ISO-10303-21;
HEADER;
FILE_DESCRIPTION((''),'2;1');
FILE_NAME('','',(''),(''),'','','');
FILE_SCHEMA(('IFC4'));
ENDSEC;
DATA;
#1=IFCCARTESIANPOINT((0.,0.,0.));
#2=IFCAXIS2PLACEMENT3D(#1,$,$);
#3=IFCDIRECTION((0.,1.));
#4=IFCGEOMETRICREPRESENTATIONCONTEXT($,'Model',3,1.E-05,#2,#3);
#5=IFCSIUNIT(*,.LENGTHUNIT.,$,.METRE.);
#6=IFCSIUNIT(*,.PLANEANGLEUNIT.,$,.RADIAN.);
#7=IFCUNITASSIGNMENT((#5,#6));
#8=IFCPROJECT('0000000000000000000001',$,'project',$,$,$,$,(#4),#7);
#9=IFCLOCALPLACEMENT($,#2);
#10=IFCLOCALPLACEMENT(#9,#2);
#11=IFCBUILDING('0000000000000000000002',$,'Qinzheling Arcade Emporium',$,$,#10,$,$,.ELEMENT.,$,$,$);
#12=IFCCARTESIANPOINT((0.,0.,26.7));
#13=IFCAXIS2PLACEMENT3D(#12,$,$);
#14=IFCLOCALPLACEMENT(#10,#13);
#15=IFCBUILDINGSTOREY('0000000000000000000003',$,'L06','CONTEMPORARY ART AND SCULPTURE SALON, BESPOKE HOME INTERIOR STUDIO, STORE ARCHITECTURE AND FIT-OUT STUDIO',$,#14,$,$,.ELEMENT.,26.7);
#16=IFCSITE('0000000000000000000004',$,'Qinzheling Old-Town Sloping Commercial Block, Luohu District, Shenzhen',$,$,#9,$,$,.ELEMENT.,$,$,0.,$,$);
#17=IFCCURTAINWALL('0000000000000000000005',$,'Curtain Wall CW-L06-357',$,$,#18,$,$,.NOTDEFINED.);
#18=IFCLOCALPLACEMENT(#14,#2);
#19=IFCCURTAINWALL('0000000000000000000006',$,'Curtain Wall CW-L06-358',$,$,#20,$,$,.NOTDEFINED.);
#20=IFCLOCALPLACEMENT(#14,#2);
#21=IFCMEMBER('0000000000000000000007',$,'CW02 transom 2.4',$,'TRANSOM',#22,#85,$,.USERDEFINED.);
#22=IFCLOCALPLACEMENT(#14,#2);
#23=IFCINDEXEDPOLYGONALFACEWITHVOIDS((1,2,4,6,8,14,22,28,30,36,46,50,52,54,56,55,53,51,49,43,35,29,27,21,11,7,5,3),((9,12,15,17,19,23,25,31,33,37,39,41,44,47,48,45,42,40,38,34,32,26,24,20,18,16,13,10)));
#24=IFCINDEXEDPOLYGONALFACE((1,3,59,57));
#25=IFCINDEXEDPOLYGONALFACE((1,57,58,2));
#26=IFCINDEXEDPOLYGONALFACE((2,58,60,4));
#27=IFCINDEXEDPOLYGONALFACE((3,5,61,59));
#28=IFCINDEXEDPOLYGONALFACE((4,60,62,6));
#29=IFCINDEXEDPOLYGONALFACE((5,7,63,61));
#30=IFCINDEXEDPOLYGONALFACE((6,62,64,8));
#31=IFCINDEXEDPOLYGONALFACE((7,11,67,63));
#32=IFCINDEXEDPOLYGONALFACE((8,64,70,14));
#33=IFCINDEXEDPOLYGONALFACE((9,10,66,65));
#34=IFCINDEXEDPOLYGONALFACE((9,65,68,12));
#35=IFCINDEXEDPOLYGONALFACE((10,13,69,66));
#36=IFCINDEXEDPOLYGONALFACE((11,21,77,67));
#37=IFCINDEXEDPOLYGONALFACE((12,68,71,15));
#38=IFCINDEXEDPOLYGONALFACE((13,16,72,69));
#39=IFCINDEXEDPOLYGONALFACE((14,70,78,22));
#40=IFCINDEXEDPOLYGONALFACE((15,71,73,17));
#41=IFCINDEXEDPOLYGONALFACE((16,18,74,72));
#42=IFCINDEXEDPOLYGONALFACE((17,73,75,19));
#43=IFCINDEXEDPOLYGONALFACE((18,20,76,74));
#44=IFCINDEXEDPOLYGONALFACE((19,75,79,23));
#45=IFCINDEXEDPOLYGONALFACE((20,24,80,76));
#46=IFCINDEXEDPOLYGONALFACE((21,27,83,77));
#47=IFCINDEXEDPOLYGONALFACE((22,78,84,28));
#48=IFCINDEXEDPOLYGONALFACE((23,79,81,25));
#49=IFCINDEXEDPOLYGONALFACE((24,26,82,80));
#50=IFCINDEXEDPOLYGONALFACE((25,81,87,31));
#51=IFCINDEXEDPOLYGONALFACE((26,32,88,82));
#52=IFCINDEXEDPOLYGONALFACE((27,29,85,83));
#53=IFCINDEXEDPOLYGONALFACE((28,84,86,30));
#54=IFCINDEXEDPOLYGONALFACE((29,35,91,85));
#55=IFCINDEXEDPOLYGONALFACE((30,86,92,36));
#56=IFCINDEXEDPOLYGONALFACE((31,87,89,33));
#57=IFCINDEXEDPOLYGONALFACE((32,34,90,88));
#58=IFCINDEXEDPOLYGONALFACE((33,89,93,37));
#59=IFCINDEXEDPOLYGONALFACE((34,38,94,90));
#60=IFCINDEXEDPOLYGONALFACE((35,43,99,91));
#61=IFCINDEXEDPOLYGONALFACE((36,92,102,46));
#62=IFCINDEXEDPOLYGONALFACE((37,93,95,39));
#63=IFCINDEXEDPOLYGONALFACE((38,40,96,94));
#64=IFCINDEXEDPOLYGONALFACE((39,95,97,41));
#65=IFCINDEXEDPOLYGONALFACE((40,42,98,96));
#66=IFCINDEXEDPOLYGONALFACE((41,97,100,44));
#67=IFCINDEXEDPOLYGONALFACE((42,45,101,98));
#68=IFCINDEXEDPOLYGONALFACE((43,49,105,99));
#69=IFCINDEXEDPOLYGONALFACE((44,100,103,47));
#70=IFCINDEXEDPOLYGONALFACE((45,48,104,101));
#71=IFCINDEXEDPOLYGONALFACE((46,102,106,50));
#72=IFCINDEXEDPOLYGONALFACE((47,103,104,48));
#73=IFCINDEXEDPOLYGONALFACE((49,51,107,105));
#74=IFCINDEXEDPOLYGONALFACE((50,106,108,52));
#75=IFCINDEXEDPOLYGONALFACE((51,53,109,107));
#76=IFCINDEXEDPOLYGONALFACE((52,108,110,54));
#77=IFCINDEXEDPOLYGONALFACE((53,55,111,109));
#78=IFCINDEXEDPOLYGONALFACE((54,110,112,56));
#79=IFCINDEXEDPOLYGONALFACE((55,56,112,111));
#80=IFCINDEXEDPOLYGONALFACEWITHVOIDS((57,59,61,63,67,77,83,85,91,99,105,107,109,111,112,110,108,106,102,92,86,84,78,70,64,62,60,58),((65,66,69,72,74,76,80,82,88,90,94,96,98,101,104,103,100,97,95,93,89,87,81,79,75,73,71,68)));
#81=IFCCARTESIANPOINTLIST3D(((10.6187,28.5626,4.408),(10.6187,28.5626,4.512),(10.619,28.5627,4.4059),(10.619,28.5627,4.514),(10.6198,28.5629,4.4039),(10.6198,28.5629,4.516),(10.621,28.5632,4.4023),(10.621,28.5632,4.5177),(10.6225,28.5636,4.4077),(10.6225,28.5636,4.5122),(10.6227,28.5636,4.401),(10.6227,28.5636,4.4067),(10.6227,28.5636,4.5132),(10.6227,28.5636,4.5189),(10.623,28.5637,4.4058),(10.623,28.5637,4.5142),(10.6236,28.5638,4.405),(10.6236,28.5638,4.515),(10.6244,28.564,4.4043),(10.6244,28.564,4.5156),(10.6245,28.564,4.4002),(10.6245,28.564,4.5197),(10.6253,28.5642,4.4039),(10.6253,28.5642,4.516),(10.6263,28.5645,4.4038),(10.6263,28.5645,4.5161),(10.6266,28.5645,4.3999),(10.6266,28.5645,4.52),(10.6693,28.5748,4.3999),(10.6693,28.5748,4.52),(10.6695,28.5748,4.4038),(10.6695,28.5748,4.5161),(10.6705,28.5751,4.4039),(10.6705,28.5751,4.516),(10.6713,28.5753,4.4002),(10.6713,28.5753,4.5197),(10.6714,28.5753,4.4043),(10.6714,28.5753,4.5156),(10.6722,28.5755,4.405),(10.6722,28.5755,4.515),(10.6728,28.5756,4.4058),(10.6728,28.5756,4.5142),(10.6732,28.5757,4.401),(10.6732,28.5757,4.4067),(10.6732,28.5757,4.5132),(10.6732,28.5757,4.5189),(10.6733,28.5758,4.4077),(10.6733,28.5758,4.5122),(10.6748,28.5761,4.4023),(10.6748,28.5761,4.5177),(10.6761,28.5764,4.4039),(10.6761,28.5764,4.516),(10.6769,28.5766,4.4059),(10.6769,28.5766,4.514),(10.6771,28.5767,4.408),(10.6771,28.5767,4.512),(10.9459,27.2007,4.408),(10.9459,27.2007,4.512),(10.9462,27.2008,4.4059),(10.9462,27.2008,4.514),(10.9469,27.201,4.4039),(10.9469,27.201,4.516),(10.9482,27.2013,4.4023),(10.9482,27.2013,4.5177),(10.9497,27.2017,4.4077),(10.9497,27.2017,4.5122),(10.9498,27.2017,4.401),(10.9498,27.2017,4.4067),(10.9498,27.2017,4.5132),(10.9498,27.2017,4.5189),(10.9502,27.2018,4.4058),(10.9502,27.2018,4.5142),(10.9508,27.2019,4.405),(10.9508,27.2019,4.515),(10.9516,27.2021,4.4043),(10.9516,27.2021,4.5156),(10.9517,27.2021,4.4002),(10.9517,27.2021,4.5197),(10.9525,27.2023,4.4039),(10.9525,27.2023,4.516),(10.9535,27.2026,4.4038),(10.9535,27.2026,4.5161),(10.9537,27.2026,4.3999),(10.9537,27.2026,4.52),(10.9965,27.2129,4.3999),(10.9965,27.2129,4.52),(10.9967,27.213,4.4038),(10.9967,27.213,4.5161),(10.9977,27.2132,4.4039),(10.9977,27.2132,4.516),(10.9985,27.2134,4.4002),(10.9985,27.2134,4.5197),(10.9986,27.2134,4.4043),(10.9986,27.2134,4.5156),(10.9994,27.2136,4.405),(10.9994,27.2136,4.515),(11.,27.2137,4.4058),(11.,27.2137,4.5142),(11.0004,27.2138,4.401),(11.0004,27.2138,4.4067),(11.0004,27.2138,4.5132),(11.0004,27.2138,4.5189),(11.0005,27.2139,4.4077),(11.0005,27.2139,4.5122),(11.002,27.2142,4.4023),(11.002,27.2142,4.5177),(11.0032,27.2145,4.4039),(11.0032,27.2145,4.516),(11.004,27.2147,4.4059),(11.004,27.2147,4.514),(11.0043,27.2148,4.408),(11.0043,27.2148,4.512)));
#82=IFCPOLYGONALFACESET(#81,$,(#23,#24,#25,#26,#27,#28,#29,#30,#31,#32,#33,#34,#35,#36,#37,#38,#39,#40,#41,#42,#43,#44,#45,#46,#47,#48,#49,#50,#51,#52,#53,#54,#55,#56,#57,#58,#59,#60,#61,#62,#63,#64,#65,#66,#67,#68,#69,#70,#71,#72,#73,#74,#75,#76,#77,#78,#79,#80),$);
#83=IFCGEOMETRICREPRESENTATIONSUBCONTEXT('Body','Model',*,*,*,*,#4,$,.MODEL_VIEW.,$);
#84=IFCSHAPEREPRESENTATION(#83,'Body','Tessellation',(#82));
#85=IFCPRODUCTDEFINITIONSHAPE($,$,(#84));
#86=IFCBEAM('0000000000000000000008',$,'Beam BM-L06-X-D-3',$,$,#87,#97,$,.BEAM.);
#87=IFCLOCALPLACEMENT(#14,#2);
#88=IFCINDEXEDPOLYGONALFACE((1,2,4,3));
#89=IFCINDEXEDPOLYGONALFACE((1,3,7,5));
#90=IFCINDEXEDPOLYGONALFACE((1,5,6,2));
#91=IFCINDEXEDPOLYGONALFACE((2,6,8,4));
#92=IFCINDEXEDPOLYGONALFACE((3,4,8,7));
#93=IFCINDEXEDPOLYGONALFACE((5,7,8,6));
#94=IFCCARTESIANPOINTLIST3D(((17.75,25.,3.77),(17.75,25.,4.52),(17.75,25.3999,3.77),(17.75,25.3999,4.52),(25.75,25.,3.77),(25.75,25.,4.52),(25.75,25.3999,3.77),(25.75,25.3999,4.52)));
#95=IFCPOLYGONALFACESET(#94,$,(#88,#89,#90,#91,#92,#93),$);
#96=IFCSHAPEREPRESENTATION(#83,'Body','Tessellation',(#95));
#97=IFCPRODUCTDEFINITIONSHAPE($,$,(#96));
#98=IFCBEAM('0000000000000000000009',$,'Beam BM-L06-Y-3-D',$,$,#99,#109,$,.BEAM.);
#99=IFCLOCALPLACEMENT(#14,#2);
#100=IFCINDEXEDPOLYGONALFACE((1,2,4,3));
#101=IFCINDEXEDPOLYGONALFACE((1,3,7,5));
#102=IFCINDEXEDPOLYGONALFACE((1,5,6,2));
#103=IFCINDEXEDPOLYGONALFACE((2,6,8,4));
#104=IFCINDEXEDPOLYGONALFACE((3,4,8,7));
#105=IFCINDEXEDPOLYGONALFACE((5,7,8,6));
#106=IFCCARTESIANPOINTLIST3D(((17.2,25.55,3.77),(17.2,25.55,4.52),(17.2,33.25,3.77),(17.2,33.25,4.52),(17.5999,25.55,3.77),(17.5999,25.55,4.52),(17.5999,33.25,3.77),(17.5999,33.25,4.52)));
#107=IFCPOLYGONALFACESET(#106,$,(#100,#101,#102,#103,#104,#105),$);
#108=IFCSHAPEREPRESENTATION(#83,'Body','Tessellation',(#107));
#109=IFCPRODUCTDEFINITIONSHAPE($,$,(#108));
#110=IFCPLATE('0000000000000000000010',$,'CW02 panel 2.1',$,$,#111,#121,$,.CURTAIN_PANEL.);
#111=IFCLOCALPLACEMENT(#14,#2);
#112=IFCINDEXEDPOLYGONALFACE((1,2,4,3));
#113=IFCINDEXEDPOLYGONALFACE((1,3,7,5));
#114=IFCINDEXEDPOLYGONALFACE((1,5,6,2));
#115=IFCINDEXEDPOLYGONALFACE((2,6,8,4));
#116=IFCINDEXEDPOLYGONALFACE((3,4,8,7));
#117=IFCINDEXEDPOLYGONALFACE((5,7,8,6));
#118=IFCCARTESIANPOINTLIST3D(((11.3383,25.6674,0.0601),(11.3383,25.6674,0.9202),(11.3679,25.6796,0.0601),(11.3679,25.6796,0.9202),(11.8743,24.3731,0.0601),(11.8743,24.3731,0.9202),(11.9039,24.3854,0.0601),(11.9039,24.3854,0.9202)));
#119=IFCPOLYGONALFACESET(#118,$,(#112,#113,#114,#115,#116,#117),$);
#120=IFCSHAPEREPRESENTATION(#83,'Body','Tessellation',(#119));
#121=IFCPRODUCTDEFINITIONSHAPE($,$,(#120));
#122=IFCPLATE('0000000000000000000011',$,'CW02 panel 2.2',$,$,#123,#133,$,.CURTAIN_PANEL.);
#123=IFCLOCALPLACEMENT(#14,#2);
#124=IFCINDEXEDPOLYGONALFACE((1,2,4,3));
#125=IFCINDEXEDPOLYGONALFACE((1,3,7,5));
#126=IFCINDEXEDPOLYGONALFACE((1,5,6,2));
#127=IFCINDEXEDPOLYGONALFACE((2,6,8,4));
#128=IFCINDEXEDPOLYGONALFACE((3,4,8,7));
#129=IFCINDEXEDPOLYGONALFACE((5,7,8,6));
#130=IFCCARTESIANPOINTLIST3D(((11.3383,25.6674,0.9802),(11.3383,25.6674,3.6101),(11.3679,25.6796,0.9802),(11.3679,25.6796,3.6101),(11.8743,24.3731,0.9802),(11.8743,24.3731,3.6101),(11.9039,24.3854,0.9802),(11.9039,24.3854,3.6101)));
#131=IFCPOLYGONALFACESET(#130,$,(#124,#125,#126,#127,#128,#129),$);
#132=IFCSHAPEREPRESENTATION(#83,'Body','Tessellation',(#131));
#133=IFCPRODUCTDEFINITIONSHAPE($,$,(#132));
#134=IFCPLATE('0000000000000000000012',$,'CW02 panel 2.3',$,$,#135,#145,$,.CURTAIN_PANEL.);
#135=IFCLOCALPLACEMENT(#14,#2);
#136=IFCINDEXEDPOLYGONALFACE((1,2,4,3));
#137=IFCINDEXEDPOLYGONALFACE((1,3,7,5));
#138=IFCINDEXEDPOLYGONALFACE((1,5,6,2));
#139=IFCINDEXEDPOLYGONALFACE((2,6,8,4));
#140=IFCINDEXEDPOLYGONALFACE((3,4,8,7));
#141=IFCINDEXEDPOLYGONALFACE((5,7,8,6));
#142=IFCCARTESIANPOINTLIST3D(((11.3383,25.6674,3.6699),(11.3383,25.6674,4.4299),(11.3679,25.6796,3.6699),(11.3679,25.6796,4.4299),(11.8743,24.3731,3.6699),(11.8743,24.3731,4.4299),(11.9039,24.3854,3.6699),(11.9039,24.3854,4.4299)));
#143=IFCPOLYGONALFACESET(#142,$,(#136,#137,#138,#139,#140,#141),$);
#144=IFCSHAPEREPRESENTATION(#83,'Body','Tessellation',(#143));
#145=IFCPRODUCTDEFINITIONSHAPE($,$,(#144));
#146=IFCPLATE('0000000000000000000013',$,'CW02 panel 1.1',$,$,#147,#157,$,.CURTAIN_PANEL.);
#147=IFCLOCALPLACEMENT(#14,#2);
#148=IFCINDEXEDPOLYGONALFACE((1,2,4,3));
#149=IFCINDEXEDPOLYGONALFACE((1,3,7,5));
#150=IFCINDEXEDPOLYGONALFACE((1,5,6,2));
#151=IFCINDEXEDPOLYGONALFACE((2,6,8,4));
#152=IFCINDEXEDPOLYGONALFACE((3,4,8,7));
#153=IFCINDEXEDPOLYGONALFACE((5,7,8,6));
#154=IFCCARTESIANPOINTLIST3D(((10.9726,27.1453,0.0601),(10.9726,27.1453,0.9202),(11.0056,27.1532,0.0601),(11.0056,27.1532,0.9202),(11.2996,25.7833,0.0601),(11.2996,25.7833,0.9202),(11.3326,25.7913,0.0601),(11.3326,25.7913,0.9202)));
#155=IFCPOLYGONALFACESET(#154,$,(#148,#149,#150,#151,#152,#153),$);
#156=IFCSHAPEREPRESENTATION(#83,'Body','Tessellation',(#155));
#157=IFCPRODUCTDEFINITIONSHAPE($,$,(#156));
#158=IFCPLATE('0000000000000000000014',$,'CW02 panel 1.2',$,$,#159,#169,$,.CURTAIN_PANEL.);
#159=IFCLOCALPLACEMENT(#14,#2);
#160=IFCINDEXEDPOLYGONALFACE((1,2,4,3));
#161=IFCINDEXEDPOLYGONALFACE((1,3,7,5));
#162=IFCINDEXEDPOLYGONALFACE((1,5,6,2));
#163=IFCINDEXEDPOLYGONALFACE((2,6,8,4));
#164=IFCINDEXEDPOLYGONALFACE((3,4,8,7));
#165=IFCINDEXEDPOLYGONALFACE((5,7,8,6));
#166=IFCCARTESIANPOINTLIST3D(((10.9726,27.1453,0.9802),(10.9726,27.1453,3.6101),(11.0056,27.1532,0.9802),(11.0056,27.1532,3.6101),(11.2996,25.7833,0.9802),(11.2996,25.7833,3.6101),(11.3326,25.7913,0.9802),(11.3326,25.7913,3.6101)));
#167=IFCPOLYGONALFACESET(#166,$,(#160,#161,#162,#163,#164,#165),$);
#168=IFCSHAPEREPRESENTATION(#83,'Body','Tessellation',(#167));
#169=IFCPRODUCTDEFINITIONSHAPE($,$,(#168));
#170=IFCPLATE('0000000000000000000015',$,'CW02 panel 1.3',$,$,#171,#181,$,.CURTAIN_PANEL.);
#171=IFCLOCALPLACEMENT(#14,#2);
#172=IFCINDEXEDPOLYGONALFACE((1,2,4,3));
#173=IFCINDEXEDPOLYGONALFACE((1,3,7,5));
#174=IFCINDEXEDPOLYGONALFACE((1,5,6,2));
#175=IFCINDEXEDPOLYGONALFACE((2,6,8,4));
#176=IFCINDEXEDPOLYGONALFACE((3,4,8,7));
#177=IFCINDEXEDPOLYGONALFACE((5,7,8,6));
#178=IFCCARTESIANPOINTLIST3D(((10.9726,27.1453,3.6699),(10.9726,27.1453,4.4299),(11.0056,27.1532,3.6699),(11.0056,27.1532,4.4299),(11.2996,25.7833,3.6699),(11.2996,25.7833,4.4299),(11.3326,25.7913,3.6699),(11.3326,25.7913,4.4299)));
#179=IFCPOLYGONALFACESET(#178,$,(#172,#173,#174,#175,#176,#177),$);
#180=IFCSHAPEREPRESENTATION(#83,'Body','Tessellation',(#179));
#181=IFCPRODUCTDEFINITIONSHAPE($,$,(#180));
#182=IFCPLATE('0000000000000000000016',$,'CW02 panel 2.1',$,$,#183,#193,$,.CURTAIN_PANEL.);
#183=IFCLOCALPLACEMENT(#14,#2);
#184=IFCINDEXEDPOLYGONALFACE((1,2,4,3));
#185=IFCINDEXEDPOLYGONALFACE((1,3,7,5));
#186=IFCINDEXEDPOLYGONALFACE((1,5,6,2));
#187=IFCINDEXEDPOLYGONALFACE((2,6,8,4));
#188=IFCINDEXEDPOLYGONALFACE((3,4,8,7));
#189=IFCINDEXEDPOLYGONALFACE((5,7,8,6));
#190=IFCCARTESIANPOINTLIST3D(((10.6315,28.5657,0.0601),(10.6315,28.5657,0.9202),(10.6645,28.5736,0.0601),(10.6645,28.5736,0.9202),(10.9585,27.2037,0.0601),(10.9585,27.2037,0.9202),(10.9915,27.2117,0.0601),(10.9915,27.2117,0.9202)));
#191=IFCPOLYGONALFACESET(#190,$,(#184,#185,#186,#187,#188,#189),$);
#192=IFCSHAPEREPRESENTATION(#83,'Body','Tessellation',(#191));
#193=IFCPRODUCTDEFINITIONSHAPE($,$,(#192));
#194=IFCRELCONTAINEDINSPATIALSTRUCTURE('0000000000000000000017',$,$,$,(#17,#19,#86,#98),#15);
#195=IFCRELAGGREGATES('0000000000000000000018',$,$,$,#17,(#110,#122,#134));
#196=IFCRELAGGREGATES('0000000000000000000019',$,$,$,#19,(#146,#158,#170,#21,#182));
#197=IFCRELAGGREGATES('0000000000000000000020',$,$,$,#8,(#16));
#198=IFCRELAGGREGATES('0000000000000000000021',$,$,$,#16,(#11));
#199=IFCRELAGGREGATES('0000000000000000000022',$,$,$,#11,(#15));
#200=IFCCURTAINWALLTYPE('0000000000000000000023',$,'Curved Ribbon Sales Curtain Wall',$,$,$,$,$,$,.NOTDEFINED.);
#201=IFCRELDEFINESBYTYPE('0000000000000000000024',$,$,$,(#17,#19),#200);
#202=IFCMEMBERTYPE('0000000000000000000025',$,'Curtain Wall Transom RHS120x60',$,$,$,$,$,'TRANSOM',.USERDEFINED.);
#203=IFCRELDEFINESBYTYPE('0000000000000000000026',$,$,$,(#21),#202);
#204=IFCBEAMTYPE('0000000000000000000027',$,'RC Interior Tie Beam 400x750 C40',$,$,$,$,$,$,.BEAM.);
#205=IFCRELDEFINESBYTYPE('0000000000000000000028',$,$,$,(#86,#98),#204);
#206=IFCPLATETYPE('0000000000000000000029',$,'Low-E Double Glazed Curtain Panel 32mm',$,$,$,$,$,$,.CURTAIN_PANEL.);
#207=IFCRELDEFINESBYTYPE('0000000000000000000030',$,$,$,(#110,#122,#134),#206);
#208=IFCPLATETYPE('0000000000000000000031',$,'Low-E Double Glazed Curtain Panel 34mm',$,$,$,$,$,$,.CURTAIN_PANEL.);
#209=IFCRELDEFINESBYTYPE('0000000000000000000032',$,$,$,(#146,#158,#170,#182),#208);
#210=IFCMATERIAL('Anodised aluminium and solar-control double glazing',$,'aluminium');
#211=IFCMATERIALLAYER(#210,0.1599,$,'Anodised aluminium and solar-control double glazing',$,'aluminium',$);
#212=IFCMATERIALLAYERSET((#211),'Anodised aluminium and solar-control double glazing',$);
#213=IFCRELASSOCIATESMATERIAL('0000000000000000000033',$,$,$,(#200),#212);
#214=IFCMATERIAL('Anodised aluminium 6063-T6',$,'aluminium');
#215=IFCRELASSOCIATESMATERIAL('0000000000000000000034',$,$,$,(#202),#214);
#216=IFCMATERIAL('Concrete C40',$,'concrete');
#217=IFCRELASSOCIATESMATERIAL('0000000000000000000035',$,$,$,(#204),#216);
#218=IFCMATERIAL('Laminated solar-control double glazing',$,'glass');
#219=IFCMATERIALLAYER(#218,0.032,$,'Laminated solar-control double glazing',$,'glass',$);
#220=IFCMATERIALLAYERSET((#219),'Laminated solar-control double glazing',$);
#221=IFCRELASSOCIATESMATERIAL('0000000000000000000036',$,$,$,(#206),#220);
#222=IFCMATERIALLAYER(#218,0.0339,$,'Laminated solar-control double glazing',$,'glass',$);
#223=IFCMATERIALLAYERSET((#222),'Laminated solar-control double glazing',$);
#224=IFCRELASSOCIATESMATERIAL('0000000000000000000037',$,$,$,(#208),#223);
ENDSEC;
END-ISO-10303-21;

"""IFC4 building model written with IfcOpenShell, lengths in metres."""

from ifc_helpers import new_model, si_unit, direction, frame, origin, origin_2d, place, context, subcontext, project, spatial, rectangle, hollow_rectangle, extrude, material, layer, layer_set, material_profile, profile_set, type_object, element, aggregate, save


model = new_model("IFC4")

# Units and contexts
model_context = context("Model", 3, precision=1e-05, world=origin(), true_north=direction((0.0, 1.0)))
body_context = subcontext(model_context, "Body", "Model", "MODEL_VIEW")
ifc_project = project(units=[si_unit("LENGTHUNIT", "METRE"), si_unit("PLANEANGLEUNIT", "RADIAN")], contexts=[model_context])

# Site, building, storey
site_placement = place(None, origin())
site = spatial("IfcSite", under=ifc_project, at=site_placement, Name="Qinzheling Old-Town Sloping Commercial Block, Luohu District, Shenzhen", CompositionType="ELEMENT", RefElevation=0.0)
building_placement = place(site_placement, origin())
building = spatial("IfcBuilding", under=site, at=building_placement, Name="Qinzheling Arcade Emporium", CompositionType="ELEMENT")
storey_placement = place(building_placement, frame((0.0, 0.0, 26.7)))
storey = spatial("IfcBuildingStorey", under=building, at=storey_placement, Name="L06", Description="CONTEMPORARY ART AND SCULPTURE SALON, BESPOKE HOME INTERIOR STUDIO, STORE ARCHITECTURE AND FIT-OUT STUDIO", CompositionType="ELEMENT", Elevation=26.7)

# Shared definitions
ifc_material_1 = material(Name="Concrete C40", Category="concrete")

# Curtain wall
ifc_material_2 = material(Name="Anodised aluminium and solar-control double glazing", Category="aluminium")
ifc_layer_1 = layer(ifc_material_2, 0.1599, Name="Anodised aluminium and solar-control double glazing", Category="aluminium")
ifc_layer_set_1 = layer_set([ifc_layer_1], Name="Anodised aluminium and solar-control double glazing")
curtain_wall_type = type_object("IfcCurtainWallType", Name="Curved Ribbon Sales Curtain Wall", PredefinedType="NOTDEFINED", material=ifc_layer_set_1)
curtain_wall_1_placement = place(storey_placement, origin())
curtain_wall_1 = element("IfcCurtainWall", 1, at=curtain_wall_1_placement, inside=storey, type_object=curtain_wall_type, Name="Curtain Wall CW-L06-357", PredefinedType="NOTDEFINED")
ifc_material_3 = material(Name="Anodised aluminium 6063-T6", Category="aluminium")

# Curtain wall
curtain_wall_2_placement = place(storey_placement, origin())
curtain_wall_2 = element("IfcCurtainWall", 2, at=curtain_wall_2_placement, inside=storey, type_object=curtain_wall_type, Name="Curtain Wall CW-L06-358", PredefinedType="NOTDEFINED")

# Member
ifc_material_profile_1 = material_profile(ifc_material_3, hollow_rectangle(XDim=0.0601, YDim=0.1201, WallThickness=0.0039, InnerFilletRadius=0.0039, OuterFilletRadius=0.0081, at=origin_2d()), Name="RHS 120x60x4", Category="aluminium")
ifc_profile_set_1 = profile_set([ifc_material_profile_1], Name="Anodised aluminium 6063-T6")
member_type_1 = type_object("IfcMemberType", Name="Curtain Wall Transom RHS120x60", ElementType="TRANSOM", PredefinedType="USERDEFINED", material=ifc_profile_set_1)
member_1_placement = place(storey_placement, frame((10.9751, 27.2078, 4.46), z_axis=(-0.233584, 0.972337, 0.0), x_axis=(-0.972337, -0.233584, 0.0)))
member_1 = element("IfcMember", 3, at=member_1_placement, type_object=member_type_1, Name="CW02 transom 2.4", ObjectType="TRANSOM", PredefinedType="USERDEFINED", context=body_context, shape_type="SweptSolid", body=[
    extrude(hollow_rectangle(XDim=0.0601, YDim=0.1201, WallThickness=0.0039, InnerFilletRadius=0.0039, OuterFilletRadius=0.0081, at=origin_2d()), origin(), (0.0, 0.0, 1.0), 1.4006),
])

# Beams
ifc_material_profile_2 = material_profile(ifc_material_1, rectangle(XDim=0.3999, YDim=0.75, at=origin_2d()), Name="RC 400x750", Category="concrete")
ifc_profile_set_2 = profile_set([ifc_material_profile_2], Name="Concrete C40")
beam_type = type_object("IfcBeamType", Name="RC Interior Tie Beam 400x750 C40", PredefinedType="BEAM", material=ifc_profile_set_2)
beam_1_placement = place(storey_placement, frame((17.75, 25.2, 4.145), z_axis=(1.0, 0.0, 0.0), x_axis=(0.0, 1.0, 0.0)))
element("IfcBeam", 4, at=beam_1_placement, inside=storey, type_object=beam_type, Name="Beam BM-L06-X-D-3", PredefinedType="BEAM", context=body_context, shape_type="SweptSolid", body=[
    extrude(rectangle(XDim=0.3999, YDim=0.75, at=origin_2d()), origin(), (0.0, 0.0, 1.0), 8.0),
])
beam_2_placement = place(storey_placement, frame((17.3999, 25.55, 4.145), z_axis=(0.0, 1.0, 0.0), x_axis=(-1.0, 0.0, 0.0)))
element("IfcBeam", 5, at=beam_2_placement, inside=storey, type_object=beam_type, Name="Beam BM-L06-Y-3-D", PredefinedType="BEAM", context=body_context, shape_type="SweptSolid", body=[
    extrude(rectangle(XDim=0.3999, YDim=0.75, at=origin_2d()), origin(), (0.0, 0.0, 1.0), 7.7),
])

# Plates
ifc_material_4 = material(Name="Laminated solar-control double glazing", Category="glass")
ifc_layer_2 = layer(ifc_material_4, 0.032, Name="Laminated solar-control double glazing", Category="glass")
ifc_layer_set_2 = layer_set([ifc_layer_2], Name="Laminated solar-control double glazing")
plate_type_1 = type_object("IfcPlateType", Name="Low-E Double Glazed Curtain Panel 32mm", PredefinedType="CURTAIN_PANEL", material=ifc_layer_set_2)
plate_1_placement = place(storey_placement, frame((11.6211, 25.0264, 0.0601), z_axis=(0.0, 0.0, 1.0), x_axis=(-0.382638, 0.923898, 0.0)))
plate_1 = element("IfcPlate", 6, at=plate_1_placement, type_object=plate_type_1, Name="CW02 panel 2.1", PredefinedType="CURTAIN_PANEL", context=body_context, shape_type="SweptSolid", body=[
    extrude(rectangle(XDim=1.4009, YDim=0.032, at=origin_2d()), origin(), (0.0, 0.0, 1.0), 0.8601),
])
plate_2_placement = place(storey_placement, frame((11.6211, 25.0264, 0.9802), z_axis=(0.0, 0.0, 1.0), x_axis=(-0.382638, 0.923898, 0.0)))
plate_2 = element("IfcPlate", 7, at=plate_2_placement, type_object=plate_type_1, Name="CW02 panel 2.2", PredefinedType="CURTAIN_PANEL", context=body_context, shape_type="SweptSolid", body=[
    extrude(rectangle(XDim=1.4009, YDim=0.032, at=origin_2d()), origin(), (0.0, 0.0, 1.0), 2.6299),
])
plate_3_placement = place(storey_placement, frame((11.6211, 25.0264, 3.6699), z_axis=(0.0, 0.0, 1.0), x_axis=(-0.382638, 0.923898, 0.0)))
plate_3 = element("IfcPlate", 8, at=plate_3_placement, type_object=plate_type_1, Name="CW02 panel 2.3", PredefinedType="CURTAIN_PANEL", context=body_context, shape_type="SweptSolid", body=[
    extrude(rectangle(XDim=1.4009, YDim=0.032, at=origin_2d()), origin(), (0.0, 0.0, 1.0), 0.76),
])
aggregate(curtain_wall_1, [plate_1, plate_2, plate_3])
ifc_layer_3 = layer(ifc_material_4, 0.0339, Name="Laminated solar-control double glazing", Category="glass")
ifc_layer_set_3 = layer_set([ifc_layer_3], Name="Laminated solar-control double glazing")
plate_type_2 = type_object("IfcPlateType", Name="Low-E Double Glazed Curtain Panel 34mm", PredefinedType="CURTAIN_PANEL", material=ifc_layer_set_3)
plate_4_placement = place(storey_placement, frame((11.1526, 26.4683, 0.0601), z_axis=(0.0, 0.0, 1.0), x_axis=(-0.233449, 0.972369, 0.0)))
plate_4 = element("IfcPlate", 9, at=plate_4_placement, type_object=plate_type_2, Name="CW02 panel 1.1", PredefinedType="CURTAIN_PANEL", context=body_context, shape_type="SweptSolid", body=[
    extrude(rectangle(XDim=1.4006, YDim=0.0339, at=origin_2d()), origin(), (0.0, 0.0, 1.0), 0.8601),
])
plate_5_placement = place(storey_placement, frame((11.1526, 26.4683, 0.9802), z_axis=(0.0, 0.0, 1.0), x_axis=(-0.233449, 0.972369, 0.0)))
plate_5 = element("IfcPlate", 10, at=plate_5_placement, type_object=plate_type_2, Name="CW02 panel 1.2", PredefinedType="CURTAIN_PANEL", context=body_context, shape_type="SweptSolid", body=[
    extrude(rectangle(XDim=1.4006, YDim=0.0339, at=origin_2d()), origin(), (0.0, 0.0, 1.0), 2.6299),
])
plate_6_placement = place(storey_placement, frame((11.1526, 26.4683, 3.6699), z_axis=(0.0, 0.0, 1.0), x_axis=(-0.233449, 0.972369, 0.0)))
plate_6 = element("IfcPlate", 11, at=plate_6_placement, type_object=plate_type_2, Name="CW02 panel 1.3", PredefinedType="CURTAIN_PANEL", context=body_context, shape_type="SweptSolid", body=[
    extrude(rectangle(XDim=1.4006, YDim=0.0339, at=origin_2d()), origin(), (0.0, 0.0, 1.0), 0.76),
])
plate_7_placement = place(storey_placement, frame((10.8115, 27.8887, 0.0601), z_axis=(0.0, 0.0, 1.0), x_axis=(-0.233449, 0.972369, 0.0)))
plate_7 = element("IfcPlate", 12, at=plate_7_placement, type_object=plate_type_2, Name="CW02 panel 2.1", PredefinedType="CURTAIN_PANEL", context=body_context, shape_type="SweptSolid", body=[
    extrude(rectangle(XDim=1.4006, YDim=0.0339, at=origin_2d()), origin(), (0.0, 0.0, 1.0), 0.8601),
])
aggregate(curtain_wall_2, [plate_4, plate_5, plate_6, member_1, plate_7])

save(model, "model.ifc")
